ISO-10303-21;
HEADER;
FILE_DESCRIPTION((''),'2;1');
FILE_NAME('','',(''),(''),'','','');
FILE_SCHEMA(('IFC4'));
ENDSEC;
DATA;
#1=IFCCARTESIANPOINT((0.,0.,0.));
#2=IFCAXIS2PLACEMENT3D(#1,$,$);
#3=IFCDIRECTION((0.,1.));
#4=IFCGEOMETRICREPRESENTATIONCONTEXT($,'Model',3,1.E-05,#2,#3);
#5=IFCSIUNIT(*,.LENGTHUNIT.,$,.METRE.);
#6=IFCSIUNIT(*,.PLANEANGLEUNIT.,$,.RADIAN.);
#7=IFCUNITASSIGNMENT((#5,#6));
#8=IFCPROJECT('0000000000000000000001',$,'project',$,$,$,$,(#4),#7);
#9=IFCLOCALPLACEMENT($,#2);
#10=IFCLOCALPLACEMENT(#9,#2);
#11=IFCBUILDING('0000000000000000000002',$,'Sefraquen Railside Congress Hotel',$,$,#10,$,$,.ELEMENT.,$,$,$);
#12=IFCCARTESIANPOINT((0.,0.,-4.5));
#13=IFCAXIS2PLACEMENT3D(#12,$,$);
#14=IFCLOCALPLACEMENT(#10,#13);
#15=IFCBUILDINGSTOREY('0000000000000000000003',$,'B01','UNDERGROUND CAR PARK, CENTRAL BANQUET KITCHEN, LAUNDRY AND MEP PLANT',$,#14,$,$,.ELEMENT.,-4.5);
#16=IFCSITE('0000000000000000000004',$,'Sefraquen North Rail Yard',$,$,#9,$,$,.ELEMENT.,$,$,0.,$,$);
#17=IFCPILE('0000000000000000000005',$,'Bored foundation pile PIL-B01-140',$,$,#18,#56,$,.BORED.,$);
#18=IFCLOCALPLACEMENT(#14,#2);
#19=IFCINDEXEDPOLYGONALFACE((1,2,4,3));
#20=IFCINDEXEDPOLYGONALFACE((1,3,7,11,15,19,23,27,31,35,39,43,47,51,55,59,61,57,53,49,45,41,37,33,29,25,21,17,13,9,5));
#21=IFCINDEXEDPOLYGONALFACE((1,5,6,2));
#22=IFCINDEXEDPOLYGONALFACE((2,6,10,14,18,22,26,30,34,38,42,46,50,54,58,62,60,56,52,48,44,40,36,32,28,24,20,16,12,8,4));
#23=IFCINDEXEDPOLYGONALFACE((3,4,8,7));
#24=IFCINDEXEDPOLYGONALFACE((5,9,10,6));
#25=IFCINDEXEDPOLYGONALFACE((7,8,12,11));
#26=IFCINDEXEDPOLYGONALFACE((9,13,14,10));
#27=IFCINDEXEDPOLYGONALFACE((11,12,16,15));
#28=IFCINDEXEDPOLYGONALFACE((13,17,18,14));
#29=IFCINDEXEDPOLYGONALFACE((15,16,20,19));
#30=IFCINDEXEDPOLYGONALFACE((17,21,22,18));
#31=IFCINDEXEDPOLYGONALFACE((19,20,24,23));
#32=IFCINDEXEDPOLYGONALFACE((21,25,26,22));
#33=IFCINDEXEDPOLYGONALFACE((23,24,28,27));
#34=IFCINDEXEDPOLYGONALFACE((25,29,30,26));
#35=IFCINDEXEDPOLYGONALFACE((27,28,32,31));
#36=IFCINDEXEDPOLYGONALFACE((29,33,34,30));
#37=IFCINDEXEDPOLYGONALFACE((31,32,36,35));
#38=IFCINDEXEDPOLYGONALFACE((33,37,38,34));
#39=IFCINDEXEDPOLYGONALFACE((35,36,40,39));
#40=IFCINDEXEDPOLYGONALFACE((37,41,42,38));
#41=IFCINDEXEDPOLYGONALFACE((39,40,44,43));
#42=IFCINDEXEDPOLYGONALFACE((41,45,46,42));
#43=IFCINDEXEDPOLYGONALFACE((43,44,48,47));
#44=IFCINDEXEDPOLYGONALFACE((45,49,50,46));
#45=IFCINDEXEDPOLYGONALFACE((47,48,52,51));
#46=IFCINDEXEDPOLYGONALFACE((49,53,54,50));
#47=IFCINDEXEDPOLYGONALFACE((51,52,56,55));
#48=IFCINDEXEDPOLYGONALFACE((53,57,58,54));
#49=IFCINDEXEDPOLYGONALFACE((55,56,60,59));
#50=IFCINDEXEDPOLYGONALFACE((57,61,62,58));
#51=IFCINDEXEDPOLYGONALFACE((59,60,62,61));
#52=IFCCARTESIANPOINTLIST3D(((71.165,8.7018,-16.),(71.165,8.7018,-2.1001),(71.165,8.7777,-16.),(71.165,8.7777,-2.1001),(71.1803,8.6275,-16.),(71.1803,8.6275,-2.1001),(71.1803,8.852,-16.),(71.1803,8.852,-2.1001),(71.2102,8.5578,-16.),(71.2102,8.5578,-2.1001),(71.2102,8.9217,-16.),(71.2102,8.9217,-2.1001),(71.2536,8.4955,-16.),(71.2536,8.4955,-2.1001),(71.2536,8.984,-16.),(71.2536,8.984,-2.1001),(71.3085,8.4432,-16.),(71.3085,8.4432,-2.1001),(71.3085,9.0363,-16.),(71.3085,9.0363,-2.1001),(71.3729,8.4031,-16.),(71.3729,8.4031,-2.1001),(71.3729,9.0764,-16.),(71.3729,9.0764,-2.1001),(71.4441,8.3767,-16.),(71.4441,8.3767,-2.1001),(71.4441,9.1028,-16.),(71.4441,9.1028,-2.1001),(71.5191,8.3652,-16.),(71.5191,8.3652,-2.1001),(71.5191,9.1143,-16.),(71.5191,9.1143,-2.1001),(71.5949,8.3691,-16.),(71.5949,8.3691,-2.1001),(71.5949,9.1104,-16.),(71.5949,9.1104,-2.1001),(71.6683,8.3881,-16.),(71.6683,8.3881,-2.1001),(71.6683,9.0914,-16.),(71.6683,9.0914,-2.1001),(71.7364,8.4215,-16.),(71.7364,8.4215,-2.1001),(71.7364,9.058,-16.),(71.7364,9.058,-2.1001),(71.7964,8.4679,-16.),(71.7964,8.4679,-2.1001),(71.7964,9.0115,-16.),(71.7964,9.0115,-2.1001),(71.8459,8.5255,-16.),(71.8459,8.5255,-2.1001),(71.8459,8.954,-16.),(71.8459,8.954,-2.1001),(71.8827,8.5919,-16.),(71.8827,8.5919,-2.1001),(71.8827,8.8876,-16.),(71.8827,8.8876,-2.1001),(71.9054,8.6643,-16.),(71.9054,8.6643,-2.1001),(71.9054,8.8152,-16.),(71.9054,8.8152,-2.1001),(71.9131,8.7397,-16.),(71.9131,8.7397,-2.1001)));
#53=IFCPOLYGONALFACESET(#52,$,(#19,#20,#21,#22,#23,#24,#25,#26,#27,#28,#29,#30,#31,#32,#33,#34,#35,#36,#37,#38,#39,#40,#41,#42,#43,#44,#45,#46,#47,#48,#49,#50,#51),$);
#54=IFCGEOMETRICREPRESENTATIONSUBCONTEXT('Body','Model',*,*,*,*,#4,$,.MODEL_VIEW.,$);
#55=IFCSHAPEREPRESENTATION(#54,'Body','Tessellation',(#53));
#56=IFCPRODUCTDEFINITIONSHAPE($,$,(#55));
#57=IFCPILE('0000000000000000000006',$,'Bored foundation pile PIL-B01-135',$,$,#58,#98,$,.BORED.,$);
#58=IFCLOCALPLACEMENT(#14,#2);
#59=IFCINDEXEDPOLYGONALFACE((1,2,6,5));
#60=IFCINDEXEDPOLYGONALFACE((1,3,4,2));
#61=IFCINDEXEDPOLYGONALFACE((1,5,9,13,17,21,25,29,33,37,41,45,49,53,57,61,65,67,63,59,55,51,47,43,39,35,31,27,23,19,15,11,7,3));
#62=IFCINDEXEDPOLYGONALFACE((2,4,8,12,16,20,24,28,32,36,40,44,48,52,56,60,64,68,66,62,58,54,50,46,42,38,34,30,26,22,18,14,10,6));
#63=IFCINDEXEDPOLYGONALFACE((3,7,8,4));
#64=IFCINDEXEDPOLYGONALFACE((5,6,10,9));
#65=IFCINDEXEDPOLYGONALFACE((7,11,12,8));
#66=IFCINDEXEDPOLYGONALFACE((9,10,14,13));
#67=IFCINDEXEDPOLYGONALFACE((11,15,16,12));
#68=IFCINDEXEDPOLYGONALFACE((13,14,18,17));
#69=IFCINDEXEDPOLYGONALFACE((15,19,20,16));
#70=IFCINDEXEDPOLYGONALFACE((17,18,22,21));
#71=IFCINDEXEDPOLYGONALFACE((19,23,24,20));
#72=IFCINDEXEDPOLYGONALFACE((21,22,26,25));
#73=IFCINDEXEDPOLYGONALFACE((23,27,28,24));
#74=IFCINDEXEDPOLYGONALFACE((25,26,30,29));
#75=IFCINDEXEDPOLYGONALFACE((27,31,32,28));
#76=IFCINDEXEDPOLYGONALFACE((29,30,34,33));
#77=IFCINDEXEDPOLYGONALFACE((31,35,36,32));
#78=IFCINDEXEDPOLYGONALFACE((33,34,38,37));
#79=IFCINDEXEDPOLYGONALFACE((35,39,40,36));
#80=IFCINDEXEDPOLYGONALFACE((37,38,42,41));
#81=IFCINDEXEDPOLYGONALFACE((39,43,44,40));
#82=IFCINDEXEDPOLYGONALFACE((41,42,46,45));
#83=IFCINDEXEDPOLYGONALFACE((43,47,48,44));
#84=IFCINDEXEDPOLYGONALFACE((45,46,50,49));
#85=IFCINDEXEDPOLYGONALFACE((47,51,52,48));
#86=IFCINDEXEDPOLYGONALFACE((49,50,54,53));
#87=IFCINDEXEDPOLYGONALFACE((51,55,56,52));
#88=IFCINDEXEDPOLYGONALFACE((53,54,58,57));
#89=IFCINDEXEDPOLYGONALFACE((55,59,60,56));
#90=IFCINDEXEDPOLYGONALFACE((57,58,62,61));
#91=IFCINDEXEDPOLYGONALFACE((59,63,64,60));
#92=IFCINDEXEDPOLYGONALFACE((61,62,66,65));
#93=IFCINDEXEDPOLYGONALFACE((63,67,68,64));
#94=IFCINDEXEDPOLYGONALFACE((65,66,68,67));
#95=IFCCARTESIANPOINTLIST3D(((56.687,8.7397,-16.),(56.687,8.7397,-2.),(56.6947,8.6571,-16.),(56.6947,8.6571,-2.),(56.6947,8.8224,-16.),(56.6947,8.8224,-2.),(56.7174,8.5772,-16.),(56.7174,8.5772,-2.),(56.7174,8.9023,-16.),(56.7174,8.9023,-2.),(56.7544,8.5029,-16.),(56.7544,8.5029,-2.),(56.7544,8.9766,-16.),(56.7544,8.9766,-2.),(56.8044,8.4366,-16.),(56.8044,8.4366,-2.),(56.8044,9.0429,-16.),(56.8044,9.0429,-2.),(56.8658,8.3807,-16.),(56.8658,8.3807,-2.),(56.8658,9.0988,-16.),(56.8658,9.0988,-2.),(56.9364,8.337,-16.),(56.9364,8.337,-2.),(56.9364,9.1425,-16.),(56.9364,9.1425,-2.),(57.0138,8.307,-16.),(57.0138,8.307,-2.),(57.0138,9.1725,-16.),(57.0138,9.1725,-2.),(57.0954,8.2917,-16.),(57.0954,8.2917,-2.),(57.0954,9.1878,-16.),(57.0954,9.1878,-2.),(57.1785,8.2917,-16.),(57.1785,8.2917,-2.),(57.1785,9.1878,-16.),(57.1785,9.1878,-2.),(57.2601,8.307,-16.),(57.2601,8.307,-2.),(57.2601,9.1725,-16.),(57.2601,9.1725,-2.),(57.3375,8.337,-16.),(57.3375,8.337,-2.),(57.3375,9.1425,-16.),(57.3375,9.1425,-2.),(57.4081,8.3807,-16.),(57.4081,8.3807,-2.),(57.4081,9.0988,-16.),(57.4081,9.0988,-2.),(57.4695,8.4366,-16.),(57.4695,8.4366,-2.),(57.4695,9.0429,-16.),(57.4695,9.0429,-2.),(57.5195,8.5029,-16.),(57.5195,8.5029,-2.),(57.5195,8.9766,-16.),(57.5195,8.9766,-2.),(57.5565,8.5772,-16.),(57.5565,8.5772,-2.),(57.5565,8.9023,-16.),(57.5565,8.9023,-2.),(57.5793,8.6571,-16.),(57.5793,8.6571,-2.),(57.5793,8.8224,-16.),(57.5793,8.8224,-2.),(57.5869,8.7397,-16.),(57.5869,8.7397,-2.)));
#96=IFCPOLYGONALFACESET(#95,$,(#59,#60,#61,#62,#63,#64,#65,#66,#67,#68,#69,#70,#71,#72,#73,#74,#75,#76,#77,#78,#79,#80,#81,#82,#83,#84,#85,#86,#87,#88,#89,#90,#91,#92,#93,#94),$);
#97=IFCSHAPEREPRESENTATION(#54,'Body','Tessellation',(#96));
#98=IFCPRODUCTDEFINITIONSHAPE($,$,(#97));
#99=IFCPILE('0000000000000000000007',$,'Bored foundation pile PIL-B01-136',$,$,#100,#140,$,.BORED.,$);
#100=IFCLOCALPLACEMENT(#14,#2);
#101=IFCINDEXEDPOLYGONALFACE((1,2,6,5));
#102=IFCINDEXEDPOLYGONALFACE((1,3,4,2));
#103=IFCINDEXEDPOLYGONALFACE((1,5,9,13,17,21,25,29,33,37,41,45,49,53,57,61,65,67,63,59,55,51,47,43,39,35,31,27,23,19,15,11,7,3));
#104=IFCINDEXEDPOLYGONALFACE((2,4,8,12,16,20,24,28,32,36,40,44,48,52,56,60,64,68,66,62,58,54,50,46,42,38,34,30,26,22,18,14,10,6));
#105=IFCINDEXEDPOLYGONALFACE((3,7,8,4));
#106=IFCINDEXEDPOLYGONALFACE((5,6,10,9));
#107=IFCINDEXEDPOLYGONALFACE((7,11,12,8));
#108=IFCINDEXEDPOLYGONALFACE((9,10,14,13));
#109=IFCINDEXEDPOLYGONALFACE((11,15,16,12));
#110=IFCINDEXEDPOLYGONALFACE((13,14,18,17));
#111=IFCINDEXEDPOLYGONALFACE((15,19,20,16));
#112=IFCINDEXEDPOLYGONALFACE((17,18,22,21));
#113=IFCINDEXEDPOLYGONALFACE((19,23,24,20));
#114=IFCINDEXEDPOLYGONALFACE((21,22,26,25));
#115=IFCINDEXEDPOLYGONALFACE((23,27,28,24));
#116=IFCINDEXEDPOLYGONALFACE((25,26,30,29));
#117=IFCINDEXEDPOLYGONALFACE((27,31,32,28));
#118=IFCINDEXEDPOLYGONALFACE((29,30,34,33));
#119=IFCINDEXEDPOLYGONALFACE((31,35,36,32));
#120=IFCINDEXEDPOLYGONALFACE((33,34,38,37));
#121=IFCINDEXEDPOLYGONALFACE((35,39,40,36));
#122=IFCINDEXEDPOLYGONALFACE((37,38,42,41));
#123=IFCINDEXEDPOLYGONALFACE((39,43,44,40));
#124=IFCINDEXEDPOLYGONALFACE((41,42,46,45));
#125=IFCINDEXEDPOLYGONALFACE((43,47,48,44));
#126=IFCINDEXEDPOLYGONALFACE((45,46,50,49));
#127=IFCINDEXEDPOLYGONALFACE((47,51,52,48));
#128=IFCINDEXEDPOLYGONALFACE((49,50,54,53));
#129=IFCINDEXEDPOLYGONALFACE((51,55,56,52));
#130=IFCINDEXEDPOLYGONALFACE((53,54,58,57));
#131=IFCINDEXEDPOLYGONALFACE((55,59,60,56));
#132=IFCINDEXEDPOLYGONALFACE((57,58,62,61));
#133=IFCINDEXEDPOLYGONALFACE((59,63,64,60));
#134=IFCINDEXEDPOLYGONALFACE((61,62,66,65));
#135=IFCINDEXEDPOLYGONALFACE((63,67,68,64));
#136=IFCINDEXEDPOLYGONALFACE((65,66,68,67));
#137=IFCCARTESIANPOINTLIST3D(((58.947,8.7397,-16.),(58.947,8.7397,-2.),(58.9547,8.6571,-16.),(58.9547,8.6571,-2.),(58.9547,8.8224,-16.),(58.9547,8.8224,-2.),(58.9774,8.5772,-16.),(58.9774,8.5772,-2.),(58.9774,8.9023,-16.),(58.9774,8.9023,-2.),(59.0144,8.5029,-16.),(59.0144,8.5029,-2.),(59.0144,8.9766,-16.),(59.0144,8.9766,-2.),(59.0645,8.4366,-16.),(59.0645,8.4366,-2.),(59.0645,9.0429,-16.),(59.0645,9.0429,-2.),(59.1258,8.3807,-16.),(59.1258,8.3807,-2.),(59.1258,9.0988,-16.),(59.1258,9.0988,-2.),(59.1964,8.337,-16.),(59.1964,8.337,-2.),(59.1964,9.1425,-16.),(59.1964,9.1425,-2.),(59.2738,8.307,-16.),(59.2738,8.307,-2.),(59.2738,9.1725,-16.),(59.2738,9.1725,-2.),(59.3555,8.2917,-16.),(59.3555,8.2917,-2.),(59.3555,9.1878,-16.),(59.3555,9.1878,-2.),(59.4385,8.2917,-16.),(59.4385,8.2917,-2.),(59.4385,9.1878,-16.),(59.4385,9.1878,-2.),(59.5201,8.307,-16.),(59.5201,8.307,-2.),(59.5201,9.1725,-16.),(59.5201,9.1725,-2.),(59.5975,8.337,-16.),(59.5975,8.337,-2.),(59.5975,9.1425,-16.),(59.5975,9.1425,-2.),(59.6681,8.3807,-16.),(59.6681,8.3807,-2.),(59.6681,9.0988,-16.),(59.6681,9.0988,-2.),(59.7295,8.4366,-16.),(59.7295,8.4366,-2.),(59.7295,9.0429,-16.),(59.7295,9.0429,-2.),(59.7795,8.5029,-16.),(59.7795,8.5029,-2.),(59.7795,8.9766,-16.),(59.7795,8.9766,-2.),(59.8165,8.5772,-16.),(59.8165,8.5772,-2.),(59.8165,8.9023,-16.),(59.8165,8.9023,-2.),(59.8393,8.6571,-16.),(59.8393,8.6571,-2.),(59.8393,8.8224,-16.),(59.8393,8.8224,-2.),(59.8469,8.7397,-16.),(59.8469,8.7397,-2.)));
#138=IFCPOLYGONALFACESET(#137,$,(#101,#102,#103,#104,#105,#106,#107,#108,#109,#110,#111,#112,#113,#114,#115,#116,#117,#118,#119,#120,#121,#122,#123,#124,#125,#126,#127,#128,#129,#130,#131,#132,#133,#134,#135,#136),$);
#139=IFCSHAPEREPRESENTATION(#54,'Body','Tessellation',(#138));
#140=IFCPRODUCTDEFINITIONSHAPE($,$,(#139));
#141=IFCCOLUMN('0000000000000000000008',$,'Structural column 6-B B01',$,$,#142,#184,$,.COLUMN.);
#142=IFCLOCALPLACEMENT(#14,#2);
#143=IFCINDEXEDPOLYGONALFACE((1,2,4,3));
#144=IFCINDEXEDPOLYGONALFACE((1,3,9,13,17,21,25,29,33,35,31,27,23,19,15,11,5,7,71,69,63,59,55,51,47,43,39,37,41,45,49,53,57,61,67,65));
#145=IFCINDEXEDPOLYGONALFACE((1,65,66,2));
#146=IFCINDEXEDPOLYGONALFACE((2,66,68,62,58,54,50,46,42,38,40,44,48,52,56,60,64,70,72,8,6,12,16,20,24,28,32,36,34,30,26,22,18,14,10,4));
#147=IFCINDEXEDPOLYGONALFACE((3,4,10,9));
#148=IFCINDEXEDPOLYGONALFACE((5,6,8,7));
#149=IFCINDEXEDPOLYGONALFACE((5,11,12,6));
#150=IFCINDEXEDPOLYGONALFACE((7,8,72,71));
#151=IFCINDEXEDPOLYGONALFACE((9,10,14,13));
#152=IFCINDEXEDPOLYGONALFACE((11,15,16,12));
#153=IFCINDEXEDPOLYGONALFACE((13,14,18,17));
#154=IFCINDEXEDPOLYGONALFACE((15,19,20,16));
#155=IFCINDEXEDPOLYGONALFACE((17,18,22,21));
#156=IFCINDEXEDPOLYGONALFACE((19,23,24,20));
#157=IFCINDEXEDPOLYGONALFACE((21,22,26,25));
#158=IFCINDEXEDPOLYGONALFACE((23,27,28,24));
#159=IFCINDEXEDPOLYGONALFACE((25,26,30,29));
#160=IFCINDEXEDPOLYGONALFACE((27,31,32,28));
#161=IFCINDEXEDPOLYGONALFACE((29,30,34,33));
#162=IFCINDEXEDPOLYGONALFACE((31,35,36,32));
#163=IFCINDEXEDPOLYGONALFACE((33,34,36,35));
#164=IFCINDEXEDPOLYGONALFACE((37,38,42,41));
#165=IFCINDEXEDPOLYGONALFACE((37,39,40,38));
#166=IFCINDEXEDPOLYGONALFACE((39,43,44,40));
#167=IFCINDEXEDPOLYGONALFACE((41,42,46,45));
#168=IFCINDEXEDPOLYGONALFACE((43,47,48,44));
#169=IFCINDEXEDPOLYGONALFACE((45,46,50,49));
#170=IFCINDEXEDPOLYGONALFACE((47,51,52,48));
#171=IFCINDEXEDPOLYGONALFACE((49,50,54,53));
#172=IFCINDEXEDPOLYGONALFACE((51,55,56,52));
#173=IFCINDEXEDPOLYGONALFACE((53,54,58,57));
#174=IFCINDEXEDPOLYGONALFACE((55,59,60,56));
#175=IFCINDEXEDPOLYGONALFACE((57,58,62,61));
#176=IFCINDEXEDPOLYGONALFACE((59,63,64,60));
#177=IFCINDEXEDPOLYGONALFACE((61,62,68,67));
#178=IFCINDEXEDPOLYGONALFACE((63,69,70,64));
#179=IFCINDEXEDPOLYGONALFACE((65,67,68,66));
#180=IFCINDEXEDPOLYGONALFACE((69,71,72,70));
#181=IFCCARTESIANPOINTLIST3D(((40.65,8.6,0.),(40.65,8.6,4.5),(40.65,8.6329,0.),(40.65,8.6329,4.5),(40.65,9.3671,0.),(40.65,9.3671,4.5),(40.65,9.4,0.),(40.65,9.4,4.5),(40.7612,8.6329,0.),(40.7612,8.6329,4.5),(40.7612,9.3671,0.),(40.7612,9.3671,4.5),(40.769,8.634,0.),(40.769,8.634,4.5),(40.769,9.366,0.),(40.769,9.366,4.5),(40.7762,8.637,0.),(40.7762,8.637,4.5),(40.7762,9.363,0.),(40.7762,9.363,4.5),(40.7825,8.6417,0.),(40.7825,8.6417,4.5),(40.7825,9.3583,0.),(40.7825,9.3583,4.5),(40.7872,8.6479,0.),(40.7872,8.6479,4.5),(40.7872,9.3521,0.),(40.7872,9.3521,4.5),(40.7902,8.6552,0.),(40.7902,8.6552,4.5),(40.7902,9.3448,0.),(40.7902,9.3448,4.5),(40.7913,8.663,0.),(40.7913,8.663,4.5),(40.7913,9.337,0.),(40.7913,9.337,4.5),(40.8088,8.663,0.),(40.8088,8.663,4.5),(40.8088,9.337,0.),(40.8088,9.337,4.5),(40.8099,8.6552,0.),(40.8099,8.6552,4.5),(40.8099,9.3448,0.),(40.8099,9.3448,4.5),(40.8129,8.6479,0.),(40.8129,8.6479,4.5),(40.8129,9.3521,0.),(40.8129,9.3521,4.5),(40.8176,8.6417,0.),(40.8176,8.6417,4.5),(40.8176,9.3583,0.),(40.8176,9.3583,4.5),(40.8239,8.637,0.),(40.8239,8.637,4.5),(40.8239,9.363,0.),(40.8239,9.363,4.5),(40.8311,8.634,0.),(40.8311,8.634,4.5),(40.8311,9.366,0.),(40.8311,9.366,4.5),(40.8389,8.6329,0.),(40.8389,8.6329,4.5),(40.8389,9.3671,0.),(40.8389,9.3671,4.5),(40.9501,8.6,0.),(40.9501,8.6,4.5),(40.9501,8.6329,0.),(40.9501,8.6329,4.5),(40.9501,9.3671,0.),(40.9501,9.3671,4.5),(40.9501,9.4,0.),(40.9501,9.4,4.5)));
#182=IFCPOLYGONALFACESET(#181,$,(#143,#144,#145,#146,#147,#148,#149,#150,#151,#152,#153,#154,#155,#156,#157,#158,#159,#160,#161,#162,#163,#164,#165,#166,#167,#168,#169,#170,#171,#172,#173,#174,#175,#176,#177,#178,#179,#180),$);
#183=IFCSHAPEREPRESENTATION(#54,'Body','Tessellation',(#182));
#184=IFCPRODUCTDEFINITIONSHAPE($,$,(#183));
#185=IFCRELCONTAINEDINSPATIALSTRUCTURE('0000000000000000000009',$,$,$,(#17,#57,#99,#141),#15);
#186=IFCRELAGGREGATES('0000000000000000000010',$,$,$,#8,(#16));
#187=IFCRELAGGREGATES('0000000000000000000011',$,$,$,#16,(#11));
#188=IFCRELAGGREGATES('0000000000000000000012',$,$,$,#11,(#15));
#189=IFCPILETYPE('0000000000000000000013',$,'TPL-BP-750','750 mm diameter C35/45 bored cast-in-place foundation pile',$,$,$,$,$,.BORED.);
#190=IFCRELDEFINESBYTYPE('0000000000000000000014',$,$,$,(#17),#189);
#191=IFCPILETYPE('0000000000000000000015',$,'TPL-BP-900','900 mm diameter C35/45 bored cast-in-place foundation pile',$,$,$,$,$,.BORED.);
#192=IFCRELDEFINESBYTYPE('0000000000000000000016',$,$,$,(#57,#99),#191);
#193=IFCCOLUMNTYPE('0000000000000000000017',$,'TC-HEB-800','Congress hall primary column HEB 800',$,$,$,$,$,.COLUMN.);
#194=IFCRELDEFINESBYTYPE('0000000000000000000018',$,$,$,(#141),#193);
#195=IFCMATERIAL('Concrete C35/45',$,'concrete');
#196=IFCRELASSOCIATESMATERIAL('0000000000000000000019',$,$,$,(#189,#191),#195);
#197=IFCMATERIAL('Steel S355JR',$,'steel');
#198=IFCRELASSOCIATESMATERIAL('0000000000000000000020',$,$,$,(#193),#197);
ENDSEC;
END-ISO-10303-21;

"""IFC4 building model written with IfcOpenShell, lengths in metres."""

from ifc_helpers import new_model, si_unit, direction, frame, origin, origin_2d, place, context, subcontext, project, spatial, circle, i_section, extrude, material, material_profile, profile_set, type_object, element, save


model = new_model("IFC4")

# Units and contexts
model_context = context("Model", 3, precision=1e-05, world=origin(), true_north=direction((0.0, 1.0)))
body_context = subcontext(model_context, "Body", "Model", "MODEL_VIEW")
ifc_project = project(units=[si_unit("LENGTHUNIT", "METRE"), si_unit("PLANEANGLEUNIT", "RADIAN")], contexts=[model_context])

# Site, building, storey
site_placement = place(None, origin())
site = spatial("IfcSite", under=ifc_project, at=site_placement, Name="Sefraquen North Rail Yard", CompositionType="ELEMENT", RefElevation=0.0)
building_placement = place(site_placement, origin())
building = spatial("IfcBuilding", under=site, at=building_placement, Name="Sefraquen Railside Congress Hotel", CompositionType="ELEMENT")
storey_placement = place(building_placement, frame((0.0, 0.0, -4.5)))
storey = spatial("IfcBuildingStorey", under=building, at=storey_placement, Name="B01", Description="UNDERGROUND CAR PARK, CENTRAL BANQUET KITCHEN, LAUNDRY AND MEP PLANT", CompositionType="ELEMENT", Elevation=-4.5)

# Piles
ifc_material_1 = material(Name="Concrete C35/45", Category="concrete")
ifc_material_profile_1 = material_profile(ifc_material_1, circle(Radius=0.375, at=origin_2d()), Name="BORED PILE 750")
ifc_profile_set_1 = profile_set([ifc_material_profile_1], Name="Concrete C35/45")
pile_type_1 = type_object("IfcPileType", Name="TPL-BP-750", Description="750 mm diameter C35/45 bored cast-in-place foundation pile", PredefinedType="BORED", material=ifc_profile_set_1)
for number, where, z_axis, x_axis, name in (
    (1, (71.5381, 8.7397, -2.1001), (0.0, 0.0, -1.0), (1.0, 0.0, 0.0), "Bored foundation pile PIL-B01-140"),
):
    element("IfcPile", number, at=place(storey_placement, frame(where, z_axis=z_axis, x_axis=x_axis)), inside=storey, type_object=pile_type_1, Name=name, PredefinedType="BORED", context=body_context, shape_type="SweptSolid", body=[
        extrude(circle(Radius=0.375, at=origin_2d()), origin(), (0.0, 0.0, 1.0), 13.8999),
    ])
ifc_material_profile_2 = material_profile(ifc_material_1, circle(Radius=0.45, at=origin_2d()), Name="BORED PILE 900")
ifc_profile_set_2 = profile_set([ifc_material_profile_2], Name="Concrete C35/45")
pile_type_2 = type_object("IfcPileType", Name="TPL-BP-900", Description="900 mm diameter C35/45 bored cast-in-place foundation pile", PredefinedType="BORED", material=ifc_profile_set_2)
for number, where, z_axis, x_axis, name in (
    (2, (57.137, 8.7397, -2.0), (0.0, 0.0, -1.0), (1.0, 0.0, 0.0), "Bored foundation pile PIL-B01-135"),
    (3, (59.397, 8.7397, -2.0), (0.0, 0.0, -1.0), (1.0, 0.0, 0.0), "Bored foundation pile PIL-B01-136"),
):
    element("IfcPile", number, at=place(storey_placement, frame(where, z_axis=z_axis, x_axis=x_axis)), inside=storey, type_object=pile_type_2, Name=name, PredefinedType="BORED", context=body_context, shape_type="SweptSolid", body=[
        extrude(circle(Radius=0.45, at=origin_2d()), origin(), (0.0, 0.0, 1.0), 14.0),
    ])

# Column
ifc_material_2 = material(Name="Steel S355JR", Category="steel")
ifc_material_profile_3 = material_profile(ifc_material_2, i_section(OverallWidth=0.3, OverallDepth=0.8, WebThickness=0.0176, FlangeThickness=0.033, FilletRadius=0.03, at=origin_2d()), Name="HEB 800")
ifc_profile_set_3 = profile_set([ifc_material_profile_3], Name="Steel S355JR")
column_type_1 = type_object("IfcColumnType", Name="TC-HEB-800", Description="Congress hall primary column HEB 800", PredefinedType="COLUMN", material=ifc_profile_set_3)
for number, where, z_axis, x_axis, name in (
    (4, (40.8, 9.0, 0.0), (0.0, 0.0, 1.0), (1.0, 0.0, 0.0), "Structural column 6-B B01"),
):
    element("IfcColumn", number, at=place(storey_placement, frame(where, z_axis=z_axis, x_axis=x_axis)), inside=storey, type_object=column_type_1, Name=name, PredefinedType="COLUMN", context=body_context, shape_type="SweptSolid", body=[
        extrude(i_section(OverallWidth=0.3, OverallDepth=0.8, WebThickness=0.0176, FlangeThickness=0.033, FilletRadius=0.03, at=origin_2d()), origin(), (0.0, 0.0, 1.0), 4.5),
    ])

save(model, "model.ifc")
